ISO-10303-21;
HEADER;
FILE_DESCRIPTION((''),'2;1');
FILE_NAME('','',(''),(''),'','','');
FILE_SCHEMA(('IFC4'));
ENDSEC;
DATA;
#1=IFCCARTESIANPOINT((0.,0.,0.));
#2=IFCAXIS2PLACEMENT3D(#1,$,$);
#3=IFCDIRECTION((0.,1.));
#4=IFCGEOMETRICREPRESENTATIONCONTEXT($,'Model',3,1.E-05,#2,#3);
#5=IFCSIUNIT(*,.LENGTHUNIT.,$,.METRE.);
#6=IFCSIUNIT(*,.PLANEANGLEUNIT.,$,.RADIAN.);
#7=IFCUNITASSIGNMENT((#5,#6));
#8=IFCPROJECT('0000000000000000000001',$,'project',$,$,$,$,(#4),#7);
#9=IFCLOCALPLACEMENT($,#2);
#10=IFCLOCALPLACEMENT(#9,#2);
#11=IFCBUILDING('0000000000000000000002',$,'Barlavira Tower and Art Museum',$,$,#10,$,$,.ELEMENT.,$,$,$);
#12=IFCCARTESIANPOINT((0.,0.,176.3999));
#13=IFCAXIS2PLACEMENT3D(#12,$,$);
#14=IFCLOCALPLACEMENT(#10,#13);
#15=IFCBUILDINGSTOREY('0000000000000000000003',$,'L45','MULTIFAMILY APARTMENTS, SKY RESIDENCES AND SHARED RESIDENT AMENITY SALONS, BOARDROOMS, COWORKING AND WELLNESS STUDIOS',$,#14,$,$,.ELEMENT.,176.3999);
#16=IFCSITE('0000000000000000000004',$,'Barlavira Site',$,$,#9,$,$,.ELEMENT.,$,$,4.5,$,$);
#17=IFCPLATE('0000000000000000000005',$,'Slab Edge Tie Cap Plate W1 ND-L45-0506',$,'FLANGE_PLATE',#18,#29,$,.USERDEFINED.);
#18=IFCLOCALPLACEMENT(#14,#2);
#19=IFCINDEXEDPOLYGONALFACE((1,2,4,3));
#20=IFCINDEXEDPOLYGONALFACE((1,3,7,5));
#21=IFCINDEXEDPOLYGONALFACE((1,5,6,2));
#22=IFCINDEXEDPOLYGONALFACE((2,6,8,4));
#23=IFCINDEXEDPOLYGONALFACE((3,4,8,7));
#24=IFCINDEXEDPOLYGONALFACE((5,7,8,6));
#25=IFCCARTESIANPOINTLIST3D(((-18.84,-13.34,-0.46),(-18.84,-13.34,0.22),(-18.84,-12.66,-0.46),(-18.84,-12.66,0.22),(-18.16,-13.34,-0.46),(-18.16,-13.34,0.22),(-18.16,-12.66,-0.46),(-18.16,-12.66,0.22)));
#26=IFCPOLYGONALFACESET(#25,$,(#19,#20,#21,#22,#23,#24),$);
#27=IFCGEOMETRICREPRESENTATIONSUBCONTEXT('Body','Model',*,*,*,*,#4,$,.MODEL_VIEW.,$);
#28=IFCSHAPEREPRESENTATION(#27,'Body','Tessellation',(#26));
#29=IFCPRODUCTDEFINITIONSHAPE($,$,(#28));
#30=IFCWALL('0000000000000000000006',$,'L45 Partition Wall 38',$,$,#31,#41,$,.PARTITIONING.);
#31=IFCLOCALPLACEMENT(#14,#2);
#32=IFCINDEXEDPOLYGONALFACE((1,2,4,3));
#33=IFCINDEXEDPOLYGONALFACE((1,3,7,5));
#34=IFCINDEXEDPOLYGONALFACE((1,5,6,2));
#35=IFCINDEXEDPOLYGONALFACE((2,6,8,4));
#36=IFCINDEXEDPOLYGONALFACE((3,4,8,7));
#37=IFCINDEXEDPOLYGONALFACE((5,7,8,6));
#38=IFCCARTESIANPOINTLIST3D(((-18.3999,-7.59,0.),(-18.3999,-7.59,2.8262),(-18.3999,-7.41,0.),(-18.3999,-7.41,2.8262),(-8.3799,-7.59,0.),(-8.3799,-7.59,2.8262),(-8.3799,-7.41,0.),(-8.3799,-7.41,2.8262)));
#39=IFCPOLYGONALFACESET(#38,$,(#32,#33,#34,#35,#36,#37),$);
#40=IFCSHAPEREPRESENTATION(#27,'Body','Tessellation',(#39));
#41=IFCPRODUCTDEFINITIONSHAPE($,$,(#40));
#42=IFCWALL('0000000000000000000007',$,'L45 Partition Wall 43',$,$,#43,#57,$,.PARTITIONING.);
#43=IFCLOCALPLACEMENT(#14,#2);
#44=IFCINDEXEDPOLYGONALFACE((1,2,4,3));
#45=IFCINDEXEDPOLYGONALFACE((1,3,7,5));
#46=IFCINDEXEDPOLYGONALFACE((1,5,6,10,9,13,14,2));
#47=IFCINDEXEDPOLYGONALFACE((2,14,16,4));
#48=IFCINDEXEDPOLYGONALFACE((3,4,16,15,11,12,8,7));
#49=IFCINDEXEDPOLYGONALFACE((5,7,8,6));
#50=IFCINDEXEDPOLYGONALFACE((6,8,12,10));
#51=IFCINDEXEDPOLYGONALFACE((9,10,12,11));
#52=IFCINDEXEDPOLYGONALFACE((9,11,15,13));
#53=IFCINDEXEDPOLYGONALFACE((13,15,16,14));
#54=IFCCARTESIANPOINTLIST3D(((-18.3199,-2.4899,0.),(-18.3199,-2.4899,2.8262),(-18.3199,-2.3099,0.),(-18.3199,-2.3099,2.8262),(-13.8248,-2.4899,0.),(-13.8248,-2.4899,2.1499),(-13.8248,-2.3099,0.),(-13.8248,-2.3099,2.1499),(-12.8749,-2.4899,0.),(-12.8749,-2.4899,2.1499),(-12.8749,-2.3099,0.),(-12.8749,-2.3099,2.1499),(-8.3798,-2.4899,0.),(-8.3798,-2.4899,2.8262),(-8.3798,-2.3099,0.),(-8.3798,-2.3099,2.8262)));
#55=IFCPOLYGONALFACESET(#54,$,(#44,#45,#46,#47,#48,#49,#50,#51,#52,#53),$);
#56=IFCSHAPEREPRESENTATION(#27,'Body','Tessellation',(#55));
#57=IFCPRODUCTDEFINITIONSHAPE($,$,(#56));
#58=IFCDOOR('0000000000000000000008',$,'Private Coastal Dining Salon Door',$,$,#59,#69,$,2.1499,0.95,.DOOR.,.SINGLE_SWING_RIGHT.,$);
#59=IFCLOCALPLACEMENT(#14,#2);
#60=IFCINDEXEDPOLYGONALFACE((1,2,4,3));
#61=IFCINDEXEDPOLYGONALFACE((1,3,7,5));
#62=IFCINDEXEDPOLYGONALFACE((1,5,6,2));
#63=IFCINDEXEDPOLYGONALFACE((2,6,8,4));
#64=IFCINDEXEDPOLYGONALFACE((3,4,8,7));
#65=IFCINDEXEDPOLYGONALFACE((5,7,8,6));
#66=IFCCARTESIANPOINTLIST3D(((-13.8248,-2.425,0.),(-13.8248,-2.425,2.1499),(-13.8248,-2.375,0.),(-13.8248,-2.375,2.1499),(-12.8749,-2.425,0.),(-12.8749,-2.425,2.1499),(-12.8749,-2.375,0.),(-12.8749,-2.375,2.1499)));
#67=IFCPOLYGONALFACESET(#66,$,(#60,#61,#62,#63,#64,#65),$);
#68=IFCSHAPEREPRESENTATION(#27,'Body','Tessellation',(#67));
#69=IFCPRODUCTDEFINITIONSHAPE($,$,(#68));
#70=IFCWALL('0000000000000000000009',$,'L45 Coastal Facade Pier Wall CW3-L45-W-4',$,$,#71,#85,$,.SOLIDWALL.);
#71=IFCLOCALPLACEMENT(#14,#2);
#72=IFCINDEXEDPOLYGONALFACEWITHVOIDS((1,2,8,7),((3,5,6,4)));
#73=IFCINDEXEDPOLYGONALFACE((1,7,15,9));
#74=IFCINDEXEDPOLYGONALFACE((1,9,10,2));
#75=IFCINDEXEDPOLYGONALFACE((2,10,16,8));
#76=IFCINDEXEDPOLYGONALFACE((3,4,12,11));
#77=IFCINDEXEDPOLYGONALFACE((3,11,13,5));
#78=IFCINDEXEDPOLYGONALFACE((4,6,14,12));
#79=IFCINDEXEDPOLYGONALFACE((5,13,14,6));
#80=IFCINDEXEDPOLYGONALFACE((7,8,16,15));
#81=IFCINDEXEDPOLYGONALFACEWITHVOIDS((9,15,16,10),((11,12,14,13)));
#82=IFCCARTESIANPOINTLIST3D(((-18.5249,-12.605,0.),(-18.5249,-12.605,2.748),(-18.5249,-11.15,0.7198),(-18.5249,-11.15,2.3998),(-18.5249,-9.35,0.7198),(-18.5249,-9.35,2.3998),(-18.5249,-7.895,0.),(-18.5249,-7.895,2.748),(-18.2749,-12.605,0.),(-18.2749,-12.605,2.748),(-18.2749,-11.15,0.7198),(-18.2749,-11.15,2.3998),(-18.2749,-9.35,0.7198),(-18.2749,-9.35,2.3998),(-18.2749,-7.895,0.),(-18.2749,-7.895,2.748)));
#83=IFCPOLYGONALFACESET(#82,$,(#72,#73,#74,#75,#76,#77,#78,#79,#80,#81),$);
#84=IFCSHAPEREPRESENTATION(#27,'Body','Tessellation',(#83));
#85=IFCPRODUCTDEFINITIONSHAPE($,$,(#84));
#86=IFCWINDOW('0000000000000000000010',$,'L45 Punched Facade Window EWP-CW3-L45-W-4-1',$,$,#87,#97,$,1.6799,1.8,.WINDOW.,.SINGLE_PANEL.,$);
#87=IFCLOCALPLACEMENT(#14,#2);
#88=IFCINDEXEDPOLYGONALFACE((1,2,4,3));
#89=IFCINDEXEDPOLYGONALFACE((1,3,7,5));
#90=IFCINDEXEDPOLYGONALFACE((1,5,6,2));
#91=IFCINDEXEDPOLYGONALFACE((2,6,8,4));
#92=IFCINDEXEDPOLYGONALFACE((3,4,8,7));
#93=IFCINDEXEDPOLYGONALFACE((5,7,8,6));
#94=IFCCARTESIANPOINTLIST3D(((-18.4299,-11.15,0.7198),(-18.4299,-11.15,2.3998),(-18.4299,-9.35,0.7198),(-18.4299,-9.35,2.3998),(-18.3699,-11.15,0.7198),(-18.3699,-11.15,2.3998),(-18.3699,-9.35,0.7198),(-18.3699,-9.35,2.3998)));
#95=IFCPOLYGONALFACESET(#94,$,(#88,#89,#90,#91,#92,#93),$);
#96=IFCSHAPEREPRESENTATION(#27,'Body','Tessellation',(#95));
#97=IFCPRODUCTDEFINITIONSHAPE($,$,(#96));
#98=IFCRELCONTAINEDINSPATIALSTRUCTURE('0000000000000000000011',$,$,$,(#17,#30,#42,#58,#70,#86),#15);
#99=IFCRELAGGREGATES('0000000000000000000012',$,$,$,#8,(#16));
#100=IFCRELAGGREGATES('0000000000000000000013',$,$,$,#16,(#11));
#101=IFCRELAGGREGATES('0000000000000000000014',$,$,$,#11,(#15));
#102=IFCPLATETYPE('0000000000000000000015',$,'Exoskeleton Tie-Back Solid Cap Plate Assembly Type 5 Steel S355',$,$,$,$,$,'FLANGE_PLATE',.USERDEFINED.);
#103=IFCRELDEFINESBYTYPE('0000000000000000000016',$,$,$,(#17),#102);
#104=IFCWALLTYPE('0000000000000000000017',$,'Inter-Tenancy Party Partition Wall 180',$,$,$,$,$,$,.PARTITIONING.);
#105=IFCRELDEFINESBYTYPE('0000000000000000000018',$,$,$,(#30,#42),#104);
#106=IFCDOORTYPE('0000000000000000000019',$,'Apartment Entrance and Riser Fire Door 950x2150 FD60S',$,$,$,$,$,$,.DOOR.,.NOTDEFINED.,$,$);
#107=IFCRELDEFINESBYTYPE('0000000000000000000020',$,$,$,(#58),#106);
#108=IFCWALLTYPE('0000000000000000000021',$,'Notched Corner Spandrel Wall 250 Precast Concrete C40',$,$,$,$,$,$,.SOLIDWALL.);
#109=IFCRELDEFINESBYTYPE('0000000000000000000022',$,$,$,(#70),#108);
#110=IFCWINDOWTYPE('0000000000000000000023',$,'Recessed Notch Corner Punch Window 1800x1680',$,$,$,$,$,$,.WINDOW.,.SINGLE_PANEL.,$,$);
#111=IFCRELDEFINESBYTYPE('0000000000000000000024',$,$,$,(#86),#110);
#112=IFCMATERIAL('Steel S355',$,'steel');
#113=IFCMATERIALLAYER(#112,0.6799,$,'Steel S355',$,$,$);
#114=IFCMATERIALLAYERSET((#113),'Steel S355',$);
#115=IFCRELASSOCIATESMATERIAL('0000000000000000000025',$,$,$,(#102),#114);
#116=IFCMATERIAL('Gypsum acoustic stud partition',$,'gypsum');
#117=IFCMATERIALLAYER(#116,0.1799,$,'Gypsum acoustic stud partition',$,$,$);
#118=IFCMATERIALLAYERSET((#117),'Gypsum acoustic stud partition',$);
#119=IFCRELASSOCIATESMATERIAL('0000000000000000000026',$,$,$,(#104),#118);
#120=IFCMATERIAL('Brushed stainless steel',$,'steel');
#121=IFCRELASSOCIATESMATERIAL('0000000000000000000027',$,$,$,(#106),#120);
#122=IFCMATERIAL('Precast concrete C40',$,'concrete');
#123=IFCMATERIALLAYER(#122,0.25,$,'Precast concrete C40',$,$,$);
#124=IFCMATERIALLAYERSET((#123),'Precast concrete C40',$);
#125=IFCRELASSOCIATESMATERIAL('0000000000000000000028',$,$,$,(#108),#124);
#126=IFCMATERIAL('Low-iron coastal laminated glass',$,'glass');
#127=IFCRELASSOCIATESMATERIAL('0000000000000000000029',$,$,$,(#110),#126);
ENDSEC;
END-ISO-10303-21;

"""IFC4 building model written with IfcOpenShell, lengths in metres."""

from ifc_helpers import new_model, si_unit, direction, frame, frame_2d, origin, origin_2d, place, context, subcontext, project, spatial, rectangle, extrude, material, layer, layer_set, type_object, element, fill, save


model = new_model("IFC4")

# Units and contexts
model_context = context("Model", 3, precision=1e-05, world=origin(), true_north=direction((0.0, 1.0)))
body_context = subcontext(model_context, "Body", "Model", "MODEL_VIEW")
ifc_project = project(units=[si_unit("LENGTHUNIT", "METRE"), si_unit("PLANEANGLEUNIT", "RADIAN")], contexts=[model_context])

# Site, building, storey
site_placement = place(None, origin())
site = spatial("IfcSite", under=ifc_project, at=site_placement, Name="Barlavira Site", CompositionType="ELEMENT", RefElevation=4.5)
building_placement = place(site_placement, origin())
building = spatial("IfcBuilding", under=site, at=building_placement, Name="Barlavira Tower and Art Museum", CompositionType="ELEMENT")
storey_placement = place(building_placement, frame((0.0, 0.0, 176.3999)))
storey = spatial("IfcBuildingStorey", under=building, at=storey_placement, Name="L45", Description="MULTIFAMILY APARTMENTS, SKY RESIDENCES AND SHARED RESIDENT AMENITY SALONS, BOARDROOMS, COWORKING AND WELLNESS STUDIOS", CompositionType="ELEMENT", Elevation=176.3999)

# Shared definitions
ifc_material_1 = material(Name="Low-iron coastal laminated glass", Category="glass")

# Shared definitions
ifc_material_2 = material(Name="Steel S355", Category="steel")

# Plate
ifc_layer_1 = layer(ifc_material_2, 0.6799, Name="Steel S355")
ifc_layer_set_1 = layer_set([ifc_layer_1], Name="Steel S355")
plate_type_1 = type_object("IfcPlateType", Name="Exoskeleton Tie-Back Solid Cap Plate Assembly Type 5 Steel S355", ElementType="FLANGE_PLATE", PredefinedType="USERDEFINED", material=ifc_layer_set_1)
plate_1_placement = place(storey_placement, frame((-18.5, -13.0, -0.46), z_axis=(0.0, 0.0, 1.0), x_axis=(1.0, 0.0, 0.0)))
element("IfcPlate", 1, at=plate_1_placement, inside=storey, type_object=plate_type_1, Name="Slab Edge Tie Cap Plate W1 ND-L45-0506", ObjectType="FLANGE_PLATE", PredefinedType="USERDEFINED", context=body_context, shape_type="SweptSolid", body=[
    extrude(rectangle(XDim=0.6799, YDim=0.6799, at=origin_2d()), origin(), (0.0, 0.0, 1.0), 0.6799),
])

# Wall
ifc_material_3 = material(Name="Gypsum acoustic stud partition", Category="gypsum")
ifc_layer_2 = layer(ifc_material_3, 0.1799, Name="Gypsum acoustic stud partition")
ifc_layer_set_2 = layer_set([ifc_layer_2], Name="Gypsum acoustic stud partition")
wall_type_1 = type_object("IfcWallType", Name="Inter-Tenancy Party Partition Wall 180", PredefinedType="PARTITIONING", material=ifc_layer_set_2)
wall_1_placement = place(storey_placement, frame((-18.3999, -7.5, 0.0), z_axis=(0.0, 0.0, 1.0), x_axis=(1.0, 0.0, 0.0)))
element("IfcWall", 2, at=wall_1_placement, inside=storey, type_object=wall_type_1, Name="L45 Partition Wall 38", PredefinedType="PARTITIONING", context=body_context, shape_type="SweptSolid", body=[
    extrude(rectangle(XDim=10.02, YDim=0.1799, at=frame_2d((5.01, 0.0))), origin(), (0.0, 0.0, 1.0), 2.8262),
])

# Wall, opening, door
wall_2_placement = place(storey_placement, frame((-18.3201, -2.3999, 0.0), z_axis=(0.0, 0.0, 1.0), x_axis=(1.0, 0.0, 0.0)))
wall_2 = element("IfcWall", 3, at=wall_2_placement, inside=storey, type_object=wall_type_1, Name="L45 Partition Wall 43", PredefinedType="PARTITIONING", context=body_context, shape_type="SweptSolid", body=[
    extrude(rectangle(XDim=9.9402, YDim=0.1799, at=frame_2d((4.9702, 0.0))), origin(), (0.0, 0.0, 1.0), 2.8262),
])
opening_1_placement = place(wall_2_placement, frame((4.4951, 0.0, 0.0)))
opening_1 = element("IfcOpeningElement", 4, at=opening_1_placement, cuts=wall_2, PredefinedType="OPENING", context=body_context, shape_type="SweptSolid", body=[
    extrude(rectangle(XDim=0.95, YDim=2.1499, at=frame_2d((0.4751, 1.075))), frame((0.0, 0.1001, 0.0), z_axis=(0.0, -1.0, 0.0), x_axis=(1.0, 0.0, 0.0)), (0.0, 0.0, 1.0), 0.2),
])
ifc_material_4 = material(Name="Brushed stainless steel", Category="steel")
door_type = type_object("IfcDoorType", Name="Apartment Entrance and Riser Fire Door 950x2150 FD60S", OperationType="NOTDEFINED", PredefinedType="DOOR", material=ifc_material_4)
door_placement = place(opening_1_placement, origin())
door = element("IfcDoor", 5, at=door_placement, inside=storey, type_object=door_type, Name="Private Coastal Dining Salon Door", OperationType="SINGLE_SWING_RIGHT", OverallHeight=2.1499, OverallWidth=0.95, PredefinedType="DOOR", context=body_context, shape_type="SweptSolid", body=[
    extrude(rectangle(XDim=0.95, YDim=2.1499, at=frame_2d((0.4751, 1.075))), frame((0.0, 0.0249, 0.0), z_axis=(0.0, -1.0, 0.0), x_axis=(1.0, 0.0, 0.0)), (0.0, 0.0, 1.0), 0.05),
])
fill(opening_1, door)

# Wall, opening, window
ifc_material_5 = material(Name="Precast concrete C40", Category="concrete")
ifc_layer_3 = layer(ifc_material_5, 0.25, Name="Precast concrete C40")
ifc_layer_set_3 = layer_set([ifc_layer_3], Name="Precast concrete C40")
wall_type_2 = type_object("IfcWallType", Name="Notched Corner Spandrel Wall 250 Precast Concrete C40", PredefinedType="SOLIDWALL", material=ifc_layer_set_3)
wall_3_placement = place(storey_placement, frame((-18.3999, -7.895, 0.0), z_axis=(0.0, 0.0, 1.0), x_axis=(0.0, -1.0, 0.0)))
wall_3 = element("IfcWall", 6, at=wall_3_placement, inside=storey, type_object=wall_type_2, Name="L45 Coastal Facade Pier Wall CW3-L45-W-4", PredefinedType="SOLIDWALL", context=body_context, shape_type="SweptSolid", body=[
    extrude(rectangle(XDim=4.71, YDim=0.25, at=frame_2d((2.355, 0.0))), origin(), (0.0, 0.0, 1.0), 2.748),
])
opening_2_placement = place(wall_3_placement, frame((1.4551, 0.0, 0.72)))
opening_2 = element("IfcOpeningElement", 7, at=opening_2_placement, cuts=wall_3, PredefinedType="OPENING", context=body_context, shape_type="SweptSolid", body=[
    extrude(rectangle(XDim=1.8, YDim=1.6799, at=frame_2d((0.8999, 0.8398))), frame((0.0, 0.135, 0.0), z_axis=(0.0, -1.0, 0.0), x_axis=(1.0, 0.0, 0.0)), (0.0, 0.0, 1.0), 0.27),
])
window_type = type_object("IfcWindowType", Name="Recessed Notch Corner Punch Window 1800x1680", PartitioningType="SINGLE_PANEL", PredefinedType="WINDOW", material=ifc_material_1)
window_placement = place(opening_2_placement, origin())
window = element("IfcWindow", 8, at=window_placement, inside=storey, type_object=window_type, Name="L45 Punched Facade Window EWP-CW3-L45-W-4-1", OverallHeight=1.6799, OverallWidth=1.8, PartitioningType="SINGLE_PANEL", PredefinedType="WINDOW", context=body_context, shape_type="SweptSolid", body=[
    extrude(rectangle(XDim=1.8, YDim=1.6799, at=frame_2d((0.8999, 0.8398))), frame((0.0, 0.03, 0.0), z_axis=(0.0, -1.0, 0.0), x_axis=(1.0, 0.0, 0.0)), (0.0, 0.0, 1.0), 0.0601),
])
fill(opening_2, window)

save(model, "model.ifc")
